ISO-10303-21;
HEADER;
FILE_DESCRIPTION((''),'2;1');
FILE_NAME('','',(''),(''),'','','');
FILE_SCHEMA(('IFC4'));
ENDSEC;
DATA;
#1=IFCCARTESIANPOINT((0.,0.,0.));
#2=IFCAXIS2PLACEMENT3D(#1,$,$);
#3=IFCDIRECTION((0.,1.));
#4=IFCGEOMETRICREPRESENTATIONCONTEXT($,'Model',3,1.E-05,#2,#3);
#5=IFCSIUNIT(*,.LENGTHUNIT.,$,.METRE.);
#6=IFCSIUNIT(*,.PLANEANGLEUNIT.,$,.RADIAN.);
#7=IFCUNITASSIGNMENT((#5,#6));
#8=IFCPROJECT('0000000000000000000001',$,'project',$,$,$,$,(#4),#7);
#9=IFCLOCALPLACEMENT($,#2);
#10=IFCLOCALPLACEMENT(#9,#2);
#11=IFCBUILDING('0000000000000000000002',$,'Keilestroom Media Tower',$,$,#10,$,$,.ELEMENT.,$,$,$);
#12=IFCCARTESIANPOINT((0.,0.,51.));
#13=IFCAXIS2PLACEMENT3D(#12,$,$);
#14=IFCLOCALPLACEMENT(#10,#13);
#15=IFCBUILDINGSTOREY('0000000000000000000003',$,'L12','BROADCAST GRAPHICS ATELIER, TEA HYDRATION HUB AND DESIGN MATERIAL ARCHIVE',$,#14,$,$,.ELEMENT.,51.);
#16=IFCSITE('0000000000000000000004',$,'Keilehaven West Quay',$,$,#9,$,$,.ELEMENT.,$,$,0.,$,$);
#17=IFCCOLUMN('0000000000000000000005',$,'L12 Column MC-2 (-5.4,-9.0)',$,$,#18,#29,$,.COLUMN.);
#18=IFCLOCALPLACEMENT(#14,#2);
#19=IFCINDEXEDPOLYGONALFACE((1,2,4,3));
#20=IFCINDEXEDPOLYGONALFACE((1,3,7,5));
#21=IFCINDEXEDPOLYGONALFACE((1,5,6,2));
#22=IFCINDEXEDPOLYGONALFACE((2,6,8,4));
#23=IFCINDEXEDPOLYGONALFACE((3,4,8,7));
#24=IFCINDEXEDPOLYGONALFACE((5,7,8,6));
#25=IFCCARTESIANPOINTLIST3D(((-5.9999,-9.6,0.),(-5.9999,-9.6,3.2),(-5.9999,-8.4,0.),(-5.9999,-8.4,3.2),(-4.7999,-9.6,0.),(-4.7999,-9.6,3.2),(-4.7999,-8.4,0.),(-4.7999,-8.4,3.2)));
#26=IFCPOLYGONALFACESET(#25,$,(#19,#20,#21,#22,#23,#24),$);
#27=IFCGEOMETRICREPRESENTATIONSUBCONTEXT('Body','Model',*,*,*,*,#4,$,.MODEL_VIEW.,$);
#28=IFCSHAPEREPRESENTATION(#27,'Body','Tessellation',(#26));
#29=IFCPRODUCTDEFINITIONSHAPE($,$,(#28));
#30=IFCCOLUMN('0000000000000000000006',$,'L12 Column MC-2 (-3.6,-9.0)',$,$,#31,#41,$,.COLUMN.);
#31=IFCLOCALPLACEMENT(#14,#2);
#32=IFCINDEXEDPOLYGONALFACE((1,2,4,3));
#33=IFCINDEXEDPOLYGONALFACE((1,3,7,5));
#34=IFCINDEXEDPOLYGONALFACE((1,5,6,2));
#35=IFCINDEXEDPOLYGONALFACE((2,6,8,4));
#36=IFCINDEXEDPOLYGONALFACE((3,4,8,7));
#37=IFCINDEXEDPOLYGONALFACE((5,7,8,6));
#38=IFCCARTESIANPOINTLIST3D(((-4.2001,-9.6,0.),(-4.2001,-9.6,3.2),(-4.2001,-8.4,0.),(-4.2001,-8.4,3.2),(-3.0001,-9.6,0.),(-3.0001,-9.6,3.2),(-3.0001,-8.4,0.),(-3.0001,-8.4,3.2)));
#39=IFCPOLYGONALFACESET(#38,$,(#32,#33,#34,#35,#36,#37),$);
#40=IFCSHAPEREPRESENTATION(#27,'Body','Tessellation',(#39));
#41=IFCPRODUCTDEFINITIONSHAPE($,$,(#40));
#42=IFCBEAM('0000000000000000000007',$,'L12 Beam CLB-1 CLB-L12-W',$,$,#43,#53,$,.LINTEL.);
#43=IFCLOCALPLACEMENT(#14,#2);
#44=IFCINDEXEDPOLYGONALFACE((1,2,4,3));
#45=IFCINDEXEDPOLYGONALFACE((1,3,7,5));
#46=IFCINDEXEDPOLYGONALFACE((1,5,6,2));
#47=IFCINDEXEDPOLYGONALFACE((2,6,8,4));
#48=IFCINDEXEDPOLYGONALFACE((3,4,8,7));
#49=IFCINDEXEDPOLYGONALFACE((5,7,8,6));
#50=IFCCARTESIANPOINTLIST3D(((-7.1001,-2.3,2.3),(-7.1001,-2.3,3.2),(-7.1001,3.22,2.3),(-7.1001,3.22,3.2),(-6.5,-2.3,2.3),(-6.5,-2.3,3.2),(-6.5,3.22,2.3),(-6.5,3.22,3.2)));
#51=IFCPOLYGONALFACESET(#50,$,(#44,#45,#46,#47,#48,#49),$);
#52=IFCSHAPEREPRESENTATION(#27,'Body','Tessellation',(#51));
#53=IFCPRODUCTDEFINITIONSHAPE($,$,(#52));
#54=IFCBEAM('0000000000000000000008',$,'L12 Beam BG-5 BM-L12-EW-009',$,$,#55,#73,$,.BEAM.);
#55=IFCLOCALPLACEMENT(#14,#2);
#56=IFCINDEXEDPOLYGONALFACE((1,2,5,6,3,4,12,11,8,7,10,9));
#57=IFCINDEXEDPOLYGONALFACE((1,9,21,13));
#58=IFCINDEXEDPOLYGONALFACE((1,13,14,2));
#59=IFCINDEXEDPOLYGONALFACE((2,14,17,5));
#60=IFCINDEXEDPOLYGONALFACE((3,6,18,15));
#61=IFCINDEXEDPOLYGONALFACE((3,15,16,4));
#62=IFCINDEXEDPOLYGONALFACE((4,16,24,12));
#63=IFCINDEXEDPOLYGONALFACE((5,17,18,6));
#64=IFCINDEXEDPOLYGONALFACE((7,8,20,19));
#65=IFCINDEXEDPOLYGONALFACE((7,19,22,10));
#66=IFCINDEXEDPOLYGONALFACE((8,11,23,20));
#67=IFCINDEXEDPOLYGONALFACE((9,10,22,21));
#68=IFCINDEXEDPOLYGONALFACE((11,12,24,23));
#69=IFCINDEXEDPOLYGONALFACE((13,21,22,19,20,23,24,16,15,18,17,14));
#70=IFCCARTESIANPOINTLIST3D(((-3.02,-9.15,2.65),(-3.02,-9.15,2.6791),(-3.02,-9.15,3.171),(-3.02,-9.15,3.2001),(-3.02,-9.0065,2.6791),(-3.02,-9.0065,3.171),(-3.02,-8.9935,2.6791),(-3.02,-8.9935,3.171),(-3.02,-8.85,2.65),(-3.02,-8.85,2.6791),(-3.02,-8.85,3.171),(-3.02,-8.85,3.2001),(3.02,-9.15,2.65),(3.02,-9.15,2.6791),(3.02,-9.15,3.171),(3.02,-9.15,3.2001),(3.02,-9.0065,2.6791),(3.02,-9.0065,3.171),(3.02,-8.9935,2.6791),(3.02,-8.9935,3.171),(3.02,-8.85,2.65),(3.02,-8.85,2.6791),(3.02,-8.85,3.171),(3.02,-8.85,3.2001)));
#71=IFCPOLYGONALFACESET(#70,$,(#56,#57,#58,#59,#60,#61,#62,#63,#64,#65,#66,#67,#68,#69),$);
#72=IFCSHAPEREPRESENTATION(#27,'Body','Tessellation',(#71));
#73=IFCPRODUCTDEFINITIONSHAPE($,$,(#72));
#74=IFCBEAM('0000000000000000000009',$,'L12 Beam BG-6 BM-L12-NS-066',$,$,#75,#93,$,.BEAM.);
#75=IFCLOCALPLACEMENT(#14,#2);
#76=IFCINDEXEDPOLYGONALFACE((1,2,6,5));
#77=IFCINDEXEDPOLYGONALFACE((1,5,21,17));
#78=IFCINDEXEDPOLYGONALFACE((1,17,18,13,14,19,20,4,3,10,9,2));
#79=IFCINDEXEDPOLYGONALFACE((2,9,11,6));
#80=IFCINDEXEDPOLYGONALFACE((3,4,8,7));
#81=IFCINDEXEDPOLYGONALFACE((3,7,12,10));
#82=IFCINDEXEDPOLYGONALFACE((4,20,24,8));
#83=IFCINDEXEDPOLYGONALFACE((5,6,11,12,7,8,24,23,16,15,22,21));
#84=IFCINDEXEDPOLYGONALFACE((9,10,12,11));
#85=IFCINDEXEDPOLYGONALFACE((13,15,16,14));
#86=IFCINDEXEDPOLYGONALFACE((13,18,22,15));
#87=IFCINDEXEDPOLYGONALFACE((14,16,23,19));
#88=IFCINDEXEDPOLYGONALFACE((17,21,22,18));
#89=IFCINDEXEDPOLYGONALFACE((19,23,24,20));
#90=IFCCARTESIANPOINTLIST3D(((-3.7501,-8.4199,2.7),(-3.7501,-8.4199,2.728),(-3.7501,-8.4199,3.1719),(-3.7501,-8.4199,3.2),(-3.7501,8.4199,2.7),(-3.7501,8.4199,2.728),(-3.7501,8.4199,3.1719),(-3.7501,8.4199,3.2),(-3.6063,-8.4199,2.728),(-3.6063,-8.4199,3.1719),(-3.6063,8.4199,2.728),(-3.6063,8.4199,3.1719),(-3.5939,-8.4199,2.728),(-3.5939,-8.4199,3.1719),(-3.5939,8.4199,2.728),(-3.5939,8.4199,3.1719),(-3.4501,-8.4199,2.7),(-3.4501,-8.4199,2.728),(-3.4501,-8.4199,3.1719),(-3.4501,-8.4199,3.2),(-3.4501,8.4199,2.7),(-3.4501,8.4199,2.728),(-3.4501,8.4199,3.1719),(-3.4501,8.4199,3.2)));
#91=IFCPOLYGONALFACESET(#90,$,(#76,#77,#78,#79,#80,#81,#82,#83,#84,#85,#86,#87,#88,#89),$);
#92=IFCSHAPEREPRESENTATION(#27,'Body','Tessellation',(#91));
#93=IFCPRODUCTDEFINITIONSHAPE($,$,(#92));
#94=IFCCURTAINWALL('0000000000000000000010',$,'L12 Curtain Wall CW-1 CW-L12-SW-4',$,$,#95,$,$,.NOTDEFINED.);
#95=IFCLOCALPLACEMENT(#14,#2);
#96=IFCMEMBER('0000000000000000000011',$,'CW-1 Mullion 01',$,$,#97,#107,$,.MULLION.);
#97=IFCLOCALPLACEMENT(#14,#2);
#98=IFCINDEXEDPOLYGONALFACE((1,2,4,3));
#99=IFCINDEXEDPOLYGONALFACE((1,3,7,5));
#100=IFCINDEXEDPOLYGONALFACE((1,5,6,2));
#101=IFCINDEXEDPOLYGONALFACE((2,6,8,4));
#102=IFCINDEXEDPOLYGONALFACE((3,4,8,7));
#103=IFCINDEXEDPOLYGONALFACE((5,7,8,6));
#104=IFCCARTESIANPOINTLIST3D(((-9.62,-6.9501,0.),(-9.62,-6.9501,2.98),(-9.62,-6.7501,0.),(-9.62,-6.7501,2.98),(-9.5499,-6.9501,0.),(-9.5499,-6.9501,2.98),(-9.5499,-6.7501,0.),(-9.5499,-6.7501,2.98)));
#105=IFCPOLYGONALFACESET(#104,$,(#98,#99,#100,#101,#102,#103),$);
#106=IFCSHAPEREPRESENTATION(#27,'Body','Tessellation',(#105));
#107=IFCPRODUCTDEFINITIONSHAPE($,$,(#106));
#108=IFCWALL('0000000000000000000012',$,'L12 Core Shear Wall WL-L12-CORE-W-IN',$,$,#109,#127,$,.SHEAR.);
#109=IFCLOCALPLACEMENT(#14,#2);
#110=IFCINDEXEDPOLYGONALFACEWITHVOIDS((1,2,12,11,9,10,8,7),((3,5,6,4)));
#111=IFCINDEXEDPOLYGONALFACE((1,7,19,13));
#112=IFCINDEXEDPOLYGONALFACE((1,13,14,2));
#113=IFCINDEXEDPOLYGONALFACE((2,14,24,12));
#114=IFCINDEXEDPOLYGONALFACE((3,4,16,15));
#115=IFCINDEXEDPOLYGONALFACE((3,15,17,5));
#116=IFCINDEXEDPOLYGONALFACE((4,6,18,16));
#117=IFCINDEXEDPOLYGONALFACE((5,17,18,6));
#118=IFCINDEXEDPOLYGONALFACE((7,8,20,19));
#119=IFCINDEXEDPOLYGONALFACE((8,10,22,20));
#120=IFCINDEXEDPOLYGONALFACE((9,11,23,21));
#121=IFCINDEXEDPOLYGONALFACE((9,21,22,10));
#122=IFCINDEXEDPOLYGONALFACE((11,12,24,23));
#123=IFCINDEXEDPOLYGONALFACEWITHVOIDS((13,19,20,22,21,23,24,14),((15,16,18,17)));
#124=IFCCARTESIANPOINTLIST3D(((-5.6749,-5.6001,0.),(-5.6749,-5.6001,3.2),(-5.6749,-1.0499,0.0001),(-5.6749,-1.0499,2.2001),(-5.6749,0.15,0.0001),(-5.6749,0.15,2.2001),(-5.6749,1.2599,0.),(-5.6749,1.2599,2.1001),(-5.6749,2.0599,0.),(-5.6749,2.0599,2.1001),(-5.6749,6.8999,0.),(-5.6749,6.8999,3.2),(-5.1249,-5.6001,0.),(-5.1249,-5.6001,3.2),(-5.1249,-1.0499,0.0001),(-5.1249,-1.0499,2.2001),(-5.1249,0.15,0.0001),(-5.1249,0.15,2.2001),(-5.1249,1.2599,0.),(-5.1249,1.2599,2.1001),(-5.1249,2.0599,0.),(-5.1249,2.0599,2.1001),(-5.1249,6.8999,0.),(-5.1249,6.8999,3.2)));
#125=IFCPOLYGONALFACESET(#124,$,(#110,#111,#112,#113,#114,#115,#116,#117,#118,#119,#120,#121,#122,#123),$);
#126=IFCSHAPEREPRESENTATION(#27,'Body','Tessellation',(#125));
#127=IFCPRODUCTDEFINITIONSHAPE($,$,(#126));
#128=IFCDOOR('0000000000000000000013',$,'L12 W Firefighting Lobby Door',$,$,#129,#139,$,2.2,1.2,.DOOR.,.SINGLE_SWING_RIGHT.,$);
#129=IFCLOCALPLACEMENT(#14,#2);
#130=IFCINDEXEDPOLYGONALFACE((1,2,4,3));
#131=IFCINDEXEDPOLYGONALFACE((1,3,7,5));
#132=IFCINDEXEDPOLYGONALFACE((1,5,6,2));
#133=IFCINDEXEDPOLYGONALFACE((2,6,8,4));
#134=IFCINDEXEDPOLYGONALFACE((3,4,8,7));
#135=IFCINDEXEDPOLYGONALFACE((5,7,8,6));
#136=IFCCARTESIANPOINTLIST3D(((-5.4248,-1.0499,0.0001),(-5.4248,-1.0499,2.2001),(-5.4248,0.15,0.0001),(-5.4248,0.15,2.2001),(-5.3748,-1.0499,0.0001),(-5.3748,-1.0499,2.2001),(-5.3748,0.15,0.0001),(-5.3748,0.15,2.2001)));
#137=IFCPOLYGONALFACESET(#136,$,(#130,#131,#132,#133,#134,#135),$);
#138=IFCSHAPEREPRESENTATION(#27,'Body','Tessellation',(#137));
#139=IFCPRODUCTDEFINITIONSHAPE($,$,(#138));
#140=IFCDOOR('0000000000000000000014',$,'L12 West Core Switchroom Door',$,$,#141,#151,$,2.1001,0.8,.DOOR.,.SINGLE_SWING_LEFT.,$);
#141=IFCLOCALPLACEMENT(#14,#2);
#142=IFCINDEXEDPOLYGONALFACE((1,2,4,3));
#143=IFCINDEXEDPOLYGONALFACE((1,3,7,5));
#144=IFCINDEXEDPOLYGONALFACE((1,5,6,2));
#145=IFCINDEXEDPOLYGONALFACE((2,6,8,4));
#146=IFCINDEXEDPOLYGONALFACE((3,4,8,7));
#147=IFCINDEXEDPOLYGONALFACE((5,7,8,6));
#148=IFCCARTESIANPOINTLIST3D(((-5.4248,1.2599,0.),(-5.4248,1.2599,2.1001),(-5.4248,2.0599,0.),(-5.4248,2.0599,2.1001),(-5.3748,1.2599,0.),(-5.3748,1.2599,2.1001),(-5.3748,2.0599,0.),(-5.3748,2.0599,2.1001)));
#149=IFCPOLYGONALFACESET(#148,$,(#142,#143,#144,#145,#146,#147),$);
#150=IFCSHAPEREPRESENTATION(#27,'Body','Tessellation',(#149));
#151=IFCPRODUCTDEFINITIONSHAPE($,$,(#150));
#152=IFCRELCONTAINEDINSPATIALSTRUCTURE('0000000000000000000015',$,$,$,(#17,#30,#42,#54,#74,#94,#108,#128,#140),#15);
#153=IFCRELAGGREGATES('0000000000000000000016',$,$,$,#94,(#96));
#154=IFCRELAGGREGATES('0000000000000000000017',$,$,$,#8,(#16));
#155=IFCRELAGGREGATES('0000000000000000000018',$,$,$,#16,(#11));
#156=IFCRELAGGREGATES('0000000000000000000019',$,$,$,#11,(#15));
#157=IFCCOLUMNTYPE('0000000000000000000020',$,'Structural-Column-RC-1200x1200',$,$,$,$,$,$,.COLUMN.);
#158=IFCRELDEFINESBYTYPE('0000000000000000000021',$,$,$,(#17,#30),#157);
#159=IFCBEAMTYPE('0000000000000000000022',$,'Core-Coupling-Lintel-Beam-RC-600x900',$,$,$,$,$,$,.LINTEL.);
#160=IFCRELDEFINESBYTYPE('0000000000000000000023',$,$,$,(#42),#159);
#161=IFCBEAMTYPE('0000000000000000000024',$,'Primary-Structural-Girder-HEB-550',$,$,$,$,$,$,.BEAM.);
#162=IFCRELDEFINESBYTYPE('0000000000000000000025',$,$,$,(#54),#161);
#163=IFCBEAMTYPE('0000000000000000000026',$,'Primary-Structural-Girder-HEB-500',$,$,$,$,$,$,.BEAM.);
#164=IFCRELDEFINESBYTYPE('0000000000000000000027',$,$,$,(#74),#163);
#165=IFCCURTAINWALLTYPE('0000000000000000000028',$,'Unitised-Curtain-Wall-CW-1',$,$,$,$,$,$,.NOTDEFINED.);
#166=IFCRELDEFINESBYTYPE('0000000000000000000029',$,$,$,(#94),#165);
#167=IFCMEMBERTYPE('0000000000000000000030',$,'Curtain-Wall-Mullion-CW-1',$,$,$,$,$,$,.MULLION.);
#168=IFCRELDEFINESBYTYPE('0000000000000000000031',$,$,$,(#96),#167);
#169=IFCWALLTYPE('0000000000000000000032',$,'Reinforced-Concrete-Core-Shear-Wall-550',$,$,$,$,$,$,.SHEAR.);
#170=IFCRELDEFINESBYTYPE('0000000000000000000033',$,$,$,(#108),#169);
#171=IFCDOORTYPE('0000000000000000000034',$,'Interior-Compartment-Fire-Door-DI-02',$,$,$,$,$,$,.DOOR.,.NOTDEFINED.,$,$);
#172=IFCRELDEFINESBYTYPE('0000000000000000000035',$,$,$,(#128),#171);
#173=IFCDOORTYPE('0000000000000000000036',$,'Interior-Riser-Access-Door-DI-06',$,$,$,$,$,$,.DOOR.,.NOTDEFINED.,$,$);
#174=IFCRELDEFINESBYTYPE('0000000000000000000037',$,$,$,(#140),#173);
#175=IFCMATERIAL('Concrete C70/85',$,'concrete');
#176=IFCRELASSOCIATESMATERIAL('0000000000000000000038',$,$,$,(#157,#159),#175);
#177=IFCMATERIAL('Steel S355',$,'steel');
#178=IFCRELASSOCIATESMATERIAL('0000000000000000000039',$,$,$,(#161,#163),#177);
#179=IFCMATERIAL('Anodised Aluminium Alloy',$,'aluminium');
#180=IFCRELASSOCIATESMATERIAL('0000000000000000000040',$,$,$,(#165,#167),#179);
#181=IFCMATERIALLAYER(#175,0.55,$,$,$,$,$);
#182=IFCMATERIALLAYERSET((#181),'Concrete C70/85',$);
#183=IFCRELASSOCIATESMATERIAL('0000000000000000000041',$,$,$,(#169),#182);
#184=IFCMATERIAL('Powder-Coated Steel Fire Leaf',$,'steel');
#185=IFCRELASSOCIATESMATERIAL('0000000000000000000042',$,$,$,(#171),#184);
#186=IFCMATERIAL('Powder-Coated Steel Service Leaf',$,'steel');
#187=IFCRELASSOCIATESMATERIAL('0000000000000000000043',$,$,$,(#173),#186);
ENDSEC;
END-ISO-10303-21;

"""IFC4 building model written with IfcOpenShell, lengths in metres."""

from ifc_helpers import new_model, si_unit, direction, frame, frame_2d, origin, origin_2d, place, context, subcontext, project, spatial, rectangle, i_section, extrude, source, transform, mapped, material, layer, layer_set, material_profile, profile_set, type_object, element, fill, aggregate, save


model = new_model("IFC4")

# Units and contexts
model_context = context("Model", 3, precision=1e-05, world=origin(), true_north=direction((0.0, 1.0)))
body_context = subcontext(model_context, "Body", "Model", "MODEL_VIEW")
ifc_project = project(units=[si_unit("LENGTHUNIT", "METRE"), si_unit("PLANEANGLEUNIT", "RADIAN")], contexts=[model_context])

# Site, building, storey
site_placement = place(None, origin())
site = spatial("IfcSite", under=ifc_project, at=site_placement, Name="Keilehaven West Quay", CompositionType="ELEMENT", RefElevation=0.0)
building_placement = place(site_placement, origin())
building = spatial("IfcBuilding", under=site, at=building_placement, Name="Keilestroom Media Tower", CompositionType="ELEMENT")
storey_placement = place(building_placement, frame((0.0, 0.0, 51.0)))
storey = spatial("IfcBuildingStorey", under=building, at=storey_placement, Name="L12", Description="BROADCAST GRAPHICS ATELIER, TEA HYDRATION HUB AND DESIGN MATERIAL ARCHIVE", CompositionType="ELEMENT", Elevation=51.0)

# Columns
ifc_material_1 = material(Name="Concrete C70/85", Category="concrete")
ifc_material_profile_1 = material_profile(ifc_material_1, rectangle(XDim=1.2, YDim=1.2, at=origin_2d()), Name="RC 1200x1200")
ifc_profile_set_1 = profile_set([ifc_material_profile_1], Name="Concrete C70/85")
column_type = type_object("IfcColumnType", Name="Structural-Column-RC-1200x1200", PredefinedType="COLUMN", material=ifc_profile_set_1)
shared_shape_1 = source(origin(), body_context, "Body", "SweptSolid", [
    extrude(rectangle(XDim=1.2, YDim=1.2, at=origin_2d()), origin(), (0.0, 0.0, 1.0), 3.2),
])
for number, where, z_axis, x_axis, name in (
    (1, (-5.3999, -9.0, 0.0), (0.0, 0.0, 1.0), (1.0, 0.0, 0.0), "L12 Column MC-2 (-5.4,-9.0)"),
    (2, (-3.6001, -9.0, 0.0), (0.0, 0.0, 1.0), (1.0, 0.0, 0.0), "L12 Column MC-2 (-3.6,-9.0)"),
):
    element("IfcColumn", number, at=place(storey_placement, frame(where, z_axis=z_axis, x_axis=x_axis)), inside=storey, type_object=column_type, Name=name, PredefinedType="COLUMN", context=body_context, shape_type="MappedRepresentation", body=[
        mapped(shared_shape_1, transform((0.0, 0.0, 0.0), x_axis=(1.0, 0.0, 0.0), y_axis=(0.0, 1.0, 0.0), z_axis=(0.0, 0.0, 1.0), scale=1.0)),
    ])

# Beams
ifc_material_profile_2 = material_profile(ifc_material_1, rectangle(XDim=0.6001, YDim=0.8999, at=origin_2d()), Name="RC 600x900")
ifc_profile_set_2 = profile_set([ifc_material_profile_2], Name="Concrete C70/85")
beam_type_1 = type_object("IfcBeamType", Name="Core-Coupling-Lintel-Beam-RC-600x900", PredefinedType="LINTEL", material=ifc_profile_set_2)
shared_shape_2 = source(origin(), body_context, "Body", "SweptSolid", [
    extrude(rectangle(XDim=0.6001, YDim=0.8999, at=origin_2d()), origin(), (0.0, 0.0, 1.0), 5.52),
])
beam_1_placement = place(storey_placement, frame((-6.8, -2.3, 2.75), z_axis=(0.0, 1.0, 0.0), x_axis=(-1.0, 0.0, 0.0)))
element("IfcBeam", 3, at=beam_1_placement, inside=storey, type_object=beam_type_1, Name="L12 Beam CLB-1 CLB-L12-W", PredefinedType="LINTEL", context=body_context, shape_type="MappedRepresentation", body=[
    mapped(shared_shape_2, transform((0.0, 0.0, 0.0), x_axis=(1.0, 0.0, 0.0), y_axis=(0.0, 1.0, 0.0), z_axis=(0.0, 0.0, 1.0), scale=1.0)),
])
ifc_material_2 = material(Name="Steel S355", Category="steel")
ifc_material_profile_3 = material_profile(ifc_material_2, i_section(OverallWidth=0.3, OverallDepth=0.55, WebThickness=0.0129, FlangeThickness=0.0291, at=origin_2d()), Name="HEB 550")
ifc_profile_set_3 = profile_set([ifc_material_profile_3], Name="Steel S355")
beam_type_2 = type_object("IfcBeamType", Name="Primary-Structural-Girder-HEB-550", PredefinedType="BEAM", material=ifc_profile_set_3)
shared_shape_3 = source(origin(), body_context, "Body", "SweptSolid", [
    extrude(i_section(OverallWidth=0.3, OverallDepth=0.55, WebThickness=0.0129, FlangeThickness=0.0291, at=origin_2d()), origin(), (0.0, 0.0, 1.0), 6.04),
])
beam_2_placement = place(storey_placement, frame((-3.02, -9.0, 2.925), z_axis=(1.0, 0.0, 0.0), x_axis=(0.0, 1.0, 0.0)))
element("IfcBeam", 4, at=beam_2_placement, inside=storey, type_object=beam_type_2, Name="L12 Beam BG-5 BM-L12-EW-009", PredefinedType="BEAM", context=body_context, shape_type="MappedRepresentation", body=[
    mapped(shared_shape_3, transform((0.0, 0.0, 0.0), x_axis=(1.0, 0.0, 0.0), y_axis=(0.0, 1.0, 0.0), z_axis=(0.0, 0.0, 1.0), scale=1.0)),
])
ifc_material_profile_4 = material_profile(ifc_material_2, i_section(OverallWidth=0.3, OverallDepth=0.5, WebThickness=0.0125, FlangeThickness=0.0281, at=origin_2d()), Name="HEB 500")
ifc_profile_set_4 = profile_set([ifc_material_profile_4], Name="Steel S355")
beam_type_3 = type_object("IfcBeamType", Name="Primary-Structural-Girder-HEB-500", PredefinedType="BEAM", material=ifc_profile_set_4)
shared_shape_4 = source(origin(), body_context, "Body", "SweptSolid", [
    extrude(i_section(OverallWidth=0.3, OverallDepth=0.5, WebThickness=0.0125, FlangeThickness=0.0281, at=origin_2d()), origin(), (0.0, 0.0, 1.0), 16.8398),
])
beam_3_placement = place(storey_placement, frame((-3.6001, -8.4199, 2.95), z_axis=(0.0, 1.0, 0.0), x_axis=(-1.0, 0.0, 0.0)))
element("IfcBeam", 5, at=beam_3_placement, inside=storey, type_object=beam_type_3, Name="L12 Beam BG-6 BM-L12-NS-066", PredefinedType="BEAM", context=body_context, shape_type="MappedRepresentation", body=[
    mapped(shared_shape_4, transform((0.0, 0.0, 0.0), x_axis=(1.0, 0.0, 0.0), y_axis=(0.0, 1.0, 0.0), z_axis=(0.0, 0.0, 1.0), scale=1.0)),
])

# Curtain wall, member
ifc_material_3 = material(Name="Anodised Aluminium Alloy", Category="aluminium")
curtain_wall_type = type_object("IfcCurtainWallType", Name="Unitised-Curtain-Wall-CW-1", PredefinedType="NOTDEFINED", material=ifc_material_3)
curtain_wall_placement = place(storey_placement, origin())
curtain_wall = element("IfcCurtainWall", 6, at=curtain_wall_placement, inside=storey, type_object=curtain_wall_type, Name="L12 Curtain Wall CW-1 CW-L12-SW-4", PredefinedType="NOTDEFINED")
ifc_material_profile_5 = material_profile(ifc_material_3, rectangle(XDim=0.0701, YDim=0.2, at=origin_2d()), Name="ALU MULLION 70x200")
ifc_profile_set_5 = profile_set([ifc_material_profile_5], Name="Anodised Aluminium Alloy")
member_type = type_object("IfcMemberType", Name="Curtain-Wall-Mullion-CW-1", PredefinedType="MULLION", material=ifc_profile_set_5)
shared_shape_5 = source(origin(), body_context, "Body", "SweptSolid", [
    extrude(rectangle(XDim=0.0701, YDim=0.2, at=origin_2d()), origin(), (0.0, 0.0, 1.0), 2.98),
])
member_placement = place(storey_placement, frame((-9.585, -6.8501, 0.0), z_axis=(0.0, 0.0, 1.0), x_axis=(1.0, 0.0, 0.0)))
member = element("IfcMember", 7, at=member_placement, type_object=member_type, Name="CW-1 Mullion 01", PredefinedType="MULLION", context=body_context, shape_type="MappedRepresentation", body=[
    mapped(shared_shape_5, transform((0.0, 0.0, 0.0), x_axis=(1.0, 0.0, 0.0), y_axis=(0.0, 1.0, 0.0), z_axis=(0.0, 0.0, 1.0), scale=1.0)),
])
aggregate(curtain_wall, [member])

# Wall, openings, doors
ifc_layer_1 = layer(ifc_material_1, 0.55)
ifc_layer_set_1 = layer_set([ifc_layer_1], Name="Concrete C70/85")
wall_type_1 = type_object("IfcWallType", Name="Reinforced-Concrete-Core-Shear-Wall-550", PredefinedType="SHEAR", material=ifc_layer_set_1)
wall_1_placement = place(storey_placement, frame((-5.3999, -5.6001, 0.0), z_axis=(0.0, 0.0, 1.0), x_axis=(0.0, 1.0, 0.0)))
wall_1 = element("IfcWall", 8, at=wall_1_placement, inside=storey, type_object=wall_type_1, Name="L12 Core Shear Wall WL-L12-CORE-W-IN", PredefinedType="SHEAR", context=body_context, shape_type="SweptSolid", body=[
    extrude(rectangle(XDim=12.5, YDim=0.55, at=frame_2d((6.25, 0.0))), origin(), (0.0, 0.0, 1.0), 3.2),
])
opening_1_placement = place(wall_1_placement, frame((4.55, 0.0, 0.0)))
opening_1 = element("IfcOpeningElement", 9, at=opening_1_placement, cuts=wall_1, PredefinedType="OPENING", context=body_context, shape_type="SweptSolid", body=[
    extrude(rectangle(XDim=1.2, YDim=2.2, at=frame_2d((0.6001, 1.1001))), frame((0.0, 0.2852, 0.0), z_axis=(0.0, -1.0, 0.0), x_axis=(1.0, 0.0, 0.0)), (0.0, 0.0, 1.0), 0.5701),
])
opening_2_placement = place(wall_1_placement, frame((6.8601, 0.0, 0.0)))
opening_2 = element("IfcOpeningElement", 10, at=opening_2_placement, cuts=wall_1, PredefinedType="OPENING", context=body_context, shape_type="SweptSolid", body=[
    extrude(rectangle(XDim=0.8, YDim=2.1001, at=frame_2d((0.3999, 1.05))), frame((0.0, 0.2852, 0.0), z_axis=(0.0, -1.0, 0.0), x_axis=(1.0, 0.0, 0.0)), (0.0, 0.0, 1.0), 0.5701),
])
ifc_material_4 = material(Name="Powder-Coated Steel Fire Leaf", Category="steel")
door_type_1 = type_object("IfcDoorType", Name="Interior-Compartment-Fire-Door-DI-02", OperationType="NOTDEFINED", PredefinedType="DOOR", material=ifc_material_4)
shared_shape_6 = source(origin(), body_context, "Body", "SweptSolid", [
    extrude(rectangle(XDim=1.2, YDim=2.2, at=frame_2d((0.6001, 1.1001))), frame((0.0, 0.0249, 0.0), z_axis=(0.0, -1.0, 0.0), x_axis=(1.0, 0.0, 0.0)), (0.0, 0.0, 1.0), 0.05),
])
door_1_placement = place(opening_1_placement, origin())
door_1 = element("IfcDoor", 11, at=door_1_placement, inside=storey, type_object=door_type_1, Name="L12 W Firefighting Lobby Door", OperationType="SINGLE_SWING_RIGHT", OverallHeight=2.2, OverallWidth=1.2, PredefinedType="DOOR", context=body_context, shape_type="MappedRepresentation", body=[
    mapped(shared_shape_6, transform((0.0, 0.0, 0.0), x_axis=(1.0, 0.0, 0.0), y_axis=(0.0, 1.0, 0.0), z_axis=(0.0, 0.0, 1.0), scale=1.0)),
])
fill(opening_1, door_1)
ifc_material_5 = material(Name="Powder-Coated Steel Service Leaf", Category="steel")
door_type_2 = type_object("IfcDoorType", Name="Interior-Riser-Access-Door-DI-06", OperationType="NOTDEFINED", PredefinedType="DOOR", material=ifc_material_5)
shared_shape_7 = source(origin(), body_context, "Body", "SweptSolid", [
    extrude(rectangle(XDim=0.8, YDim=2.1001, at=frame_2d((0.3999, 1.05))), frame((0.0, 0.0249, 0.0), z_axis=(0.0, -1.0, 0.0), x_axis=(1.0, 0.0, 0.0)), (0.0, 0.0, 1.0), 0.05),
])
door_2_placement = place(opening_2_placement, origin())
door_2 = element("IfcDoor", 12, at=door_2_placement, inside=storey, type_object=door_type_2, Name="L12 West Core Switchroom Door", OperationType="SINGLE_SWING_LEFT", OverallHeight=2.1001, OverallWidth=0.8, PredefinedType="DOOR", context=body_context, shape_type="MappedRepresentation", body=[
    mapped(shared_shape_7, transform((0.0, 0.0, 0.0), x_axis=(1.0, 0.0, 0.0), y_axis=(0.0, 1.0, 0.0), z_axis=(0.0, 0.0, 1.0), scale=1.0)),
])
fill(opening_2, door_2)

save(model, "model.ifc")
